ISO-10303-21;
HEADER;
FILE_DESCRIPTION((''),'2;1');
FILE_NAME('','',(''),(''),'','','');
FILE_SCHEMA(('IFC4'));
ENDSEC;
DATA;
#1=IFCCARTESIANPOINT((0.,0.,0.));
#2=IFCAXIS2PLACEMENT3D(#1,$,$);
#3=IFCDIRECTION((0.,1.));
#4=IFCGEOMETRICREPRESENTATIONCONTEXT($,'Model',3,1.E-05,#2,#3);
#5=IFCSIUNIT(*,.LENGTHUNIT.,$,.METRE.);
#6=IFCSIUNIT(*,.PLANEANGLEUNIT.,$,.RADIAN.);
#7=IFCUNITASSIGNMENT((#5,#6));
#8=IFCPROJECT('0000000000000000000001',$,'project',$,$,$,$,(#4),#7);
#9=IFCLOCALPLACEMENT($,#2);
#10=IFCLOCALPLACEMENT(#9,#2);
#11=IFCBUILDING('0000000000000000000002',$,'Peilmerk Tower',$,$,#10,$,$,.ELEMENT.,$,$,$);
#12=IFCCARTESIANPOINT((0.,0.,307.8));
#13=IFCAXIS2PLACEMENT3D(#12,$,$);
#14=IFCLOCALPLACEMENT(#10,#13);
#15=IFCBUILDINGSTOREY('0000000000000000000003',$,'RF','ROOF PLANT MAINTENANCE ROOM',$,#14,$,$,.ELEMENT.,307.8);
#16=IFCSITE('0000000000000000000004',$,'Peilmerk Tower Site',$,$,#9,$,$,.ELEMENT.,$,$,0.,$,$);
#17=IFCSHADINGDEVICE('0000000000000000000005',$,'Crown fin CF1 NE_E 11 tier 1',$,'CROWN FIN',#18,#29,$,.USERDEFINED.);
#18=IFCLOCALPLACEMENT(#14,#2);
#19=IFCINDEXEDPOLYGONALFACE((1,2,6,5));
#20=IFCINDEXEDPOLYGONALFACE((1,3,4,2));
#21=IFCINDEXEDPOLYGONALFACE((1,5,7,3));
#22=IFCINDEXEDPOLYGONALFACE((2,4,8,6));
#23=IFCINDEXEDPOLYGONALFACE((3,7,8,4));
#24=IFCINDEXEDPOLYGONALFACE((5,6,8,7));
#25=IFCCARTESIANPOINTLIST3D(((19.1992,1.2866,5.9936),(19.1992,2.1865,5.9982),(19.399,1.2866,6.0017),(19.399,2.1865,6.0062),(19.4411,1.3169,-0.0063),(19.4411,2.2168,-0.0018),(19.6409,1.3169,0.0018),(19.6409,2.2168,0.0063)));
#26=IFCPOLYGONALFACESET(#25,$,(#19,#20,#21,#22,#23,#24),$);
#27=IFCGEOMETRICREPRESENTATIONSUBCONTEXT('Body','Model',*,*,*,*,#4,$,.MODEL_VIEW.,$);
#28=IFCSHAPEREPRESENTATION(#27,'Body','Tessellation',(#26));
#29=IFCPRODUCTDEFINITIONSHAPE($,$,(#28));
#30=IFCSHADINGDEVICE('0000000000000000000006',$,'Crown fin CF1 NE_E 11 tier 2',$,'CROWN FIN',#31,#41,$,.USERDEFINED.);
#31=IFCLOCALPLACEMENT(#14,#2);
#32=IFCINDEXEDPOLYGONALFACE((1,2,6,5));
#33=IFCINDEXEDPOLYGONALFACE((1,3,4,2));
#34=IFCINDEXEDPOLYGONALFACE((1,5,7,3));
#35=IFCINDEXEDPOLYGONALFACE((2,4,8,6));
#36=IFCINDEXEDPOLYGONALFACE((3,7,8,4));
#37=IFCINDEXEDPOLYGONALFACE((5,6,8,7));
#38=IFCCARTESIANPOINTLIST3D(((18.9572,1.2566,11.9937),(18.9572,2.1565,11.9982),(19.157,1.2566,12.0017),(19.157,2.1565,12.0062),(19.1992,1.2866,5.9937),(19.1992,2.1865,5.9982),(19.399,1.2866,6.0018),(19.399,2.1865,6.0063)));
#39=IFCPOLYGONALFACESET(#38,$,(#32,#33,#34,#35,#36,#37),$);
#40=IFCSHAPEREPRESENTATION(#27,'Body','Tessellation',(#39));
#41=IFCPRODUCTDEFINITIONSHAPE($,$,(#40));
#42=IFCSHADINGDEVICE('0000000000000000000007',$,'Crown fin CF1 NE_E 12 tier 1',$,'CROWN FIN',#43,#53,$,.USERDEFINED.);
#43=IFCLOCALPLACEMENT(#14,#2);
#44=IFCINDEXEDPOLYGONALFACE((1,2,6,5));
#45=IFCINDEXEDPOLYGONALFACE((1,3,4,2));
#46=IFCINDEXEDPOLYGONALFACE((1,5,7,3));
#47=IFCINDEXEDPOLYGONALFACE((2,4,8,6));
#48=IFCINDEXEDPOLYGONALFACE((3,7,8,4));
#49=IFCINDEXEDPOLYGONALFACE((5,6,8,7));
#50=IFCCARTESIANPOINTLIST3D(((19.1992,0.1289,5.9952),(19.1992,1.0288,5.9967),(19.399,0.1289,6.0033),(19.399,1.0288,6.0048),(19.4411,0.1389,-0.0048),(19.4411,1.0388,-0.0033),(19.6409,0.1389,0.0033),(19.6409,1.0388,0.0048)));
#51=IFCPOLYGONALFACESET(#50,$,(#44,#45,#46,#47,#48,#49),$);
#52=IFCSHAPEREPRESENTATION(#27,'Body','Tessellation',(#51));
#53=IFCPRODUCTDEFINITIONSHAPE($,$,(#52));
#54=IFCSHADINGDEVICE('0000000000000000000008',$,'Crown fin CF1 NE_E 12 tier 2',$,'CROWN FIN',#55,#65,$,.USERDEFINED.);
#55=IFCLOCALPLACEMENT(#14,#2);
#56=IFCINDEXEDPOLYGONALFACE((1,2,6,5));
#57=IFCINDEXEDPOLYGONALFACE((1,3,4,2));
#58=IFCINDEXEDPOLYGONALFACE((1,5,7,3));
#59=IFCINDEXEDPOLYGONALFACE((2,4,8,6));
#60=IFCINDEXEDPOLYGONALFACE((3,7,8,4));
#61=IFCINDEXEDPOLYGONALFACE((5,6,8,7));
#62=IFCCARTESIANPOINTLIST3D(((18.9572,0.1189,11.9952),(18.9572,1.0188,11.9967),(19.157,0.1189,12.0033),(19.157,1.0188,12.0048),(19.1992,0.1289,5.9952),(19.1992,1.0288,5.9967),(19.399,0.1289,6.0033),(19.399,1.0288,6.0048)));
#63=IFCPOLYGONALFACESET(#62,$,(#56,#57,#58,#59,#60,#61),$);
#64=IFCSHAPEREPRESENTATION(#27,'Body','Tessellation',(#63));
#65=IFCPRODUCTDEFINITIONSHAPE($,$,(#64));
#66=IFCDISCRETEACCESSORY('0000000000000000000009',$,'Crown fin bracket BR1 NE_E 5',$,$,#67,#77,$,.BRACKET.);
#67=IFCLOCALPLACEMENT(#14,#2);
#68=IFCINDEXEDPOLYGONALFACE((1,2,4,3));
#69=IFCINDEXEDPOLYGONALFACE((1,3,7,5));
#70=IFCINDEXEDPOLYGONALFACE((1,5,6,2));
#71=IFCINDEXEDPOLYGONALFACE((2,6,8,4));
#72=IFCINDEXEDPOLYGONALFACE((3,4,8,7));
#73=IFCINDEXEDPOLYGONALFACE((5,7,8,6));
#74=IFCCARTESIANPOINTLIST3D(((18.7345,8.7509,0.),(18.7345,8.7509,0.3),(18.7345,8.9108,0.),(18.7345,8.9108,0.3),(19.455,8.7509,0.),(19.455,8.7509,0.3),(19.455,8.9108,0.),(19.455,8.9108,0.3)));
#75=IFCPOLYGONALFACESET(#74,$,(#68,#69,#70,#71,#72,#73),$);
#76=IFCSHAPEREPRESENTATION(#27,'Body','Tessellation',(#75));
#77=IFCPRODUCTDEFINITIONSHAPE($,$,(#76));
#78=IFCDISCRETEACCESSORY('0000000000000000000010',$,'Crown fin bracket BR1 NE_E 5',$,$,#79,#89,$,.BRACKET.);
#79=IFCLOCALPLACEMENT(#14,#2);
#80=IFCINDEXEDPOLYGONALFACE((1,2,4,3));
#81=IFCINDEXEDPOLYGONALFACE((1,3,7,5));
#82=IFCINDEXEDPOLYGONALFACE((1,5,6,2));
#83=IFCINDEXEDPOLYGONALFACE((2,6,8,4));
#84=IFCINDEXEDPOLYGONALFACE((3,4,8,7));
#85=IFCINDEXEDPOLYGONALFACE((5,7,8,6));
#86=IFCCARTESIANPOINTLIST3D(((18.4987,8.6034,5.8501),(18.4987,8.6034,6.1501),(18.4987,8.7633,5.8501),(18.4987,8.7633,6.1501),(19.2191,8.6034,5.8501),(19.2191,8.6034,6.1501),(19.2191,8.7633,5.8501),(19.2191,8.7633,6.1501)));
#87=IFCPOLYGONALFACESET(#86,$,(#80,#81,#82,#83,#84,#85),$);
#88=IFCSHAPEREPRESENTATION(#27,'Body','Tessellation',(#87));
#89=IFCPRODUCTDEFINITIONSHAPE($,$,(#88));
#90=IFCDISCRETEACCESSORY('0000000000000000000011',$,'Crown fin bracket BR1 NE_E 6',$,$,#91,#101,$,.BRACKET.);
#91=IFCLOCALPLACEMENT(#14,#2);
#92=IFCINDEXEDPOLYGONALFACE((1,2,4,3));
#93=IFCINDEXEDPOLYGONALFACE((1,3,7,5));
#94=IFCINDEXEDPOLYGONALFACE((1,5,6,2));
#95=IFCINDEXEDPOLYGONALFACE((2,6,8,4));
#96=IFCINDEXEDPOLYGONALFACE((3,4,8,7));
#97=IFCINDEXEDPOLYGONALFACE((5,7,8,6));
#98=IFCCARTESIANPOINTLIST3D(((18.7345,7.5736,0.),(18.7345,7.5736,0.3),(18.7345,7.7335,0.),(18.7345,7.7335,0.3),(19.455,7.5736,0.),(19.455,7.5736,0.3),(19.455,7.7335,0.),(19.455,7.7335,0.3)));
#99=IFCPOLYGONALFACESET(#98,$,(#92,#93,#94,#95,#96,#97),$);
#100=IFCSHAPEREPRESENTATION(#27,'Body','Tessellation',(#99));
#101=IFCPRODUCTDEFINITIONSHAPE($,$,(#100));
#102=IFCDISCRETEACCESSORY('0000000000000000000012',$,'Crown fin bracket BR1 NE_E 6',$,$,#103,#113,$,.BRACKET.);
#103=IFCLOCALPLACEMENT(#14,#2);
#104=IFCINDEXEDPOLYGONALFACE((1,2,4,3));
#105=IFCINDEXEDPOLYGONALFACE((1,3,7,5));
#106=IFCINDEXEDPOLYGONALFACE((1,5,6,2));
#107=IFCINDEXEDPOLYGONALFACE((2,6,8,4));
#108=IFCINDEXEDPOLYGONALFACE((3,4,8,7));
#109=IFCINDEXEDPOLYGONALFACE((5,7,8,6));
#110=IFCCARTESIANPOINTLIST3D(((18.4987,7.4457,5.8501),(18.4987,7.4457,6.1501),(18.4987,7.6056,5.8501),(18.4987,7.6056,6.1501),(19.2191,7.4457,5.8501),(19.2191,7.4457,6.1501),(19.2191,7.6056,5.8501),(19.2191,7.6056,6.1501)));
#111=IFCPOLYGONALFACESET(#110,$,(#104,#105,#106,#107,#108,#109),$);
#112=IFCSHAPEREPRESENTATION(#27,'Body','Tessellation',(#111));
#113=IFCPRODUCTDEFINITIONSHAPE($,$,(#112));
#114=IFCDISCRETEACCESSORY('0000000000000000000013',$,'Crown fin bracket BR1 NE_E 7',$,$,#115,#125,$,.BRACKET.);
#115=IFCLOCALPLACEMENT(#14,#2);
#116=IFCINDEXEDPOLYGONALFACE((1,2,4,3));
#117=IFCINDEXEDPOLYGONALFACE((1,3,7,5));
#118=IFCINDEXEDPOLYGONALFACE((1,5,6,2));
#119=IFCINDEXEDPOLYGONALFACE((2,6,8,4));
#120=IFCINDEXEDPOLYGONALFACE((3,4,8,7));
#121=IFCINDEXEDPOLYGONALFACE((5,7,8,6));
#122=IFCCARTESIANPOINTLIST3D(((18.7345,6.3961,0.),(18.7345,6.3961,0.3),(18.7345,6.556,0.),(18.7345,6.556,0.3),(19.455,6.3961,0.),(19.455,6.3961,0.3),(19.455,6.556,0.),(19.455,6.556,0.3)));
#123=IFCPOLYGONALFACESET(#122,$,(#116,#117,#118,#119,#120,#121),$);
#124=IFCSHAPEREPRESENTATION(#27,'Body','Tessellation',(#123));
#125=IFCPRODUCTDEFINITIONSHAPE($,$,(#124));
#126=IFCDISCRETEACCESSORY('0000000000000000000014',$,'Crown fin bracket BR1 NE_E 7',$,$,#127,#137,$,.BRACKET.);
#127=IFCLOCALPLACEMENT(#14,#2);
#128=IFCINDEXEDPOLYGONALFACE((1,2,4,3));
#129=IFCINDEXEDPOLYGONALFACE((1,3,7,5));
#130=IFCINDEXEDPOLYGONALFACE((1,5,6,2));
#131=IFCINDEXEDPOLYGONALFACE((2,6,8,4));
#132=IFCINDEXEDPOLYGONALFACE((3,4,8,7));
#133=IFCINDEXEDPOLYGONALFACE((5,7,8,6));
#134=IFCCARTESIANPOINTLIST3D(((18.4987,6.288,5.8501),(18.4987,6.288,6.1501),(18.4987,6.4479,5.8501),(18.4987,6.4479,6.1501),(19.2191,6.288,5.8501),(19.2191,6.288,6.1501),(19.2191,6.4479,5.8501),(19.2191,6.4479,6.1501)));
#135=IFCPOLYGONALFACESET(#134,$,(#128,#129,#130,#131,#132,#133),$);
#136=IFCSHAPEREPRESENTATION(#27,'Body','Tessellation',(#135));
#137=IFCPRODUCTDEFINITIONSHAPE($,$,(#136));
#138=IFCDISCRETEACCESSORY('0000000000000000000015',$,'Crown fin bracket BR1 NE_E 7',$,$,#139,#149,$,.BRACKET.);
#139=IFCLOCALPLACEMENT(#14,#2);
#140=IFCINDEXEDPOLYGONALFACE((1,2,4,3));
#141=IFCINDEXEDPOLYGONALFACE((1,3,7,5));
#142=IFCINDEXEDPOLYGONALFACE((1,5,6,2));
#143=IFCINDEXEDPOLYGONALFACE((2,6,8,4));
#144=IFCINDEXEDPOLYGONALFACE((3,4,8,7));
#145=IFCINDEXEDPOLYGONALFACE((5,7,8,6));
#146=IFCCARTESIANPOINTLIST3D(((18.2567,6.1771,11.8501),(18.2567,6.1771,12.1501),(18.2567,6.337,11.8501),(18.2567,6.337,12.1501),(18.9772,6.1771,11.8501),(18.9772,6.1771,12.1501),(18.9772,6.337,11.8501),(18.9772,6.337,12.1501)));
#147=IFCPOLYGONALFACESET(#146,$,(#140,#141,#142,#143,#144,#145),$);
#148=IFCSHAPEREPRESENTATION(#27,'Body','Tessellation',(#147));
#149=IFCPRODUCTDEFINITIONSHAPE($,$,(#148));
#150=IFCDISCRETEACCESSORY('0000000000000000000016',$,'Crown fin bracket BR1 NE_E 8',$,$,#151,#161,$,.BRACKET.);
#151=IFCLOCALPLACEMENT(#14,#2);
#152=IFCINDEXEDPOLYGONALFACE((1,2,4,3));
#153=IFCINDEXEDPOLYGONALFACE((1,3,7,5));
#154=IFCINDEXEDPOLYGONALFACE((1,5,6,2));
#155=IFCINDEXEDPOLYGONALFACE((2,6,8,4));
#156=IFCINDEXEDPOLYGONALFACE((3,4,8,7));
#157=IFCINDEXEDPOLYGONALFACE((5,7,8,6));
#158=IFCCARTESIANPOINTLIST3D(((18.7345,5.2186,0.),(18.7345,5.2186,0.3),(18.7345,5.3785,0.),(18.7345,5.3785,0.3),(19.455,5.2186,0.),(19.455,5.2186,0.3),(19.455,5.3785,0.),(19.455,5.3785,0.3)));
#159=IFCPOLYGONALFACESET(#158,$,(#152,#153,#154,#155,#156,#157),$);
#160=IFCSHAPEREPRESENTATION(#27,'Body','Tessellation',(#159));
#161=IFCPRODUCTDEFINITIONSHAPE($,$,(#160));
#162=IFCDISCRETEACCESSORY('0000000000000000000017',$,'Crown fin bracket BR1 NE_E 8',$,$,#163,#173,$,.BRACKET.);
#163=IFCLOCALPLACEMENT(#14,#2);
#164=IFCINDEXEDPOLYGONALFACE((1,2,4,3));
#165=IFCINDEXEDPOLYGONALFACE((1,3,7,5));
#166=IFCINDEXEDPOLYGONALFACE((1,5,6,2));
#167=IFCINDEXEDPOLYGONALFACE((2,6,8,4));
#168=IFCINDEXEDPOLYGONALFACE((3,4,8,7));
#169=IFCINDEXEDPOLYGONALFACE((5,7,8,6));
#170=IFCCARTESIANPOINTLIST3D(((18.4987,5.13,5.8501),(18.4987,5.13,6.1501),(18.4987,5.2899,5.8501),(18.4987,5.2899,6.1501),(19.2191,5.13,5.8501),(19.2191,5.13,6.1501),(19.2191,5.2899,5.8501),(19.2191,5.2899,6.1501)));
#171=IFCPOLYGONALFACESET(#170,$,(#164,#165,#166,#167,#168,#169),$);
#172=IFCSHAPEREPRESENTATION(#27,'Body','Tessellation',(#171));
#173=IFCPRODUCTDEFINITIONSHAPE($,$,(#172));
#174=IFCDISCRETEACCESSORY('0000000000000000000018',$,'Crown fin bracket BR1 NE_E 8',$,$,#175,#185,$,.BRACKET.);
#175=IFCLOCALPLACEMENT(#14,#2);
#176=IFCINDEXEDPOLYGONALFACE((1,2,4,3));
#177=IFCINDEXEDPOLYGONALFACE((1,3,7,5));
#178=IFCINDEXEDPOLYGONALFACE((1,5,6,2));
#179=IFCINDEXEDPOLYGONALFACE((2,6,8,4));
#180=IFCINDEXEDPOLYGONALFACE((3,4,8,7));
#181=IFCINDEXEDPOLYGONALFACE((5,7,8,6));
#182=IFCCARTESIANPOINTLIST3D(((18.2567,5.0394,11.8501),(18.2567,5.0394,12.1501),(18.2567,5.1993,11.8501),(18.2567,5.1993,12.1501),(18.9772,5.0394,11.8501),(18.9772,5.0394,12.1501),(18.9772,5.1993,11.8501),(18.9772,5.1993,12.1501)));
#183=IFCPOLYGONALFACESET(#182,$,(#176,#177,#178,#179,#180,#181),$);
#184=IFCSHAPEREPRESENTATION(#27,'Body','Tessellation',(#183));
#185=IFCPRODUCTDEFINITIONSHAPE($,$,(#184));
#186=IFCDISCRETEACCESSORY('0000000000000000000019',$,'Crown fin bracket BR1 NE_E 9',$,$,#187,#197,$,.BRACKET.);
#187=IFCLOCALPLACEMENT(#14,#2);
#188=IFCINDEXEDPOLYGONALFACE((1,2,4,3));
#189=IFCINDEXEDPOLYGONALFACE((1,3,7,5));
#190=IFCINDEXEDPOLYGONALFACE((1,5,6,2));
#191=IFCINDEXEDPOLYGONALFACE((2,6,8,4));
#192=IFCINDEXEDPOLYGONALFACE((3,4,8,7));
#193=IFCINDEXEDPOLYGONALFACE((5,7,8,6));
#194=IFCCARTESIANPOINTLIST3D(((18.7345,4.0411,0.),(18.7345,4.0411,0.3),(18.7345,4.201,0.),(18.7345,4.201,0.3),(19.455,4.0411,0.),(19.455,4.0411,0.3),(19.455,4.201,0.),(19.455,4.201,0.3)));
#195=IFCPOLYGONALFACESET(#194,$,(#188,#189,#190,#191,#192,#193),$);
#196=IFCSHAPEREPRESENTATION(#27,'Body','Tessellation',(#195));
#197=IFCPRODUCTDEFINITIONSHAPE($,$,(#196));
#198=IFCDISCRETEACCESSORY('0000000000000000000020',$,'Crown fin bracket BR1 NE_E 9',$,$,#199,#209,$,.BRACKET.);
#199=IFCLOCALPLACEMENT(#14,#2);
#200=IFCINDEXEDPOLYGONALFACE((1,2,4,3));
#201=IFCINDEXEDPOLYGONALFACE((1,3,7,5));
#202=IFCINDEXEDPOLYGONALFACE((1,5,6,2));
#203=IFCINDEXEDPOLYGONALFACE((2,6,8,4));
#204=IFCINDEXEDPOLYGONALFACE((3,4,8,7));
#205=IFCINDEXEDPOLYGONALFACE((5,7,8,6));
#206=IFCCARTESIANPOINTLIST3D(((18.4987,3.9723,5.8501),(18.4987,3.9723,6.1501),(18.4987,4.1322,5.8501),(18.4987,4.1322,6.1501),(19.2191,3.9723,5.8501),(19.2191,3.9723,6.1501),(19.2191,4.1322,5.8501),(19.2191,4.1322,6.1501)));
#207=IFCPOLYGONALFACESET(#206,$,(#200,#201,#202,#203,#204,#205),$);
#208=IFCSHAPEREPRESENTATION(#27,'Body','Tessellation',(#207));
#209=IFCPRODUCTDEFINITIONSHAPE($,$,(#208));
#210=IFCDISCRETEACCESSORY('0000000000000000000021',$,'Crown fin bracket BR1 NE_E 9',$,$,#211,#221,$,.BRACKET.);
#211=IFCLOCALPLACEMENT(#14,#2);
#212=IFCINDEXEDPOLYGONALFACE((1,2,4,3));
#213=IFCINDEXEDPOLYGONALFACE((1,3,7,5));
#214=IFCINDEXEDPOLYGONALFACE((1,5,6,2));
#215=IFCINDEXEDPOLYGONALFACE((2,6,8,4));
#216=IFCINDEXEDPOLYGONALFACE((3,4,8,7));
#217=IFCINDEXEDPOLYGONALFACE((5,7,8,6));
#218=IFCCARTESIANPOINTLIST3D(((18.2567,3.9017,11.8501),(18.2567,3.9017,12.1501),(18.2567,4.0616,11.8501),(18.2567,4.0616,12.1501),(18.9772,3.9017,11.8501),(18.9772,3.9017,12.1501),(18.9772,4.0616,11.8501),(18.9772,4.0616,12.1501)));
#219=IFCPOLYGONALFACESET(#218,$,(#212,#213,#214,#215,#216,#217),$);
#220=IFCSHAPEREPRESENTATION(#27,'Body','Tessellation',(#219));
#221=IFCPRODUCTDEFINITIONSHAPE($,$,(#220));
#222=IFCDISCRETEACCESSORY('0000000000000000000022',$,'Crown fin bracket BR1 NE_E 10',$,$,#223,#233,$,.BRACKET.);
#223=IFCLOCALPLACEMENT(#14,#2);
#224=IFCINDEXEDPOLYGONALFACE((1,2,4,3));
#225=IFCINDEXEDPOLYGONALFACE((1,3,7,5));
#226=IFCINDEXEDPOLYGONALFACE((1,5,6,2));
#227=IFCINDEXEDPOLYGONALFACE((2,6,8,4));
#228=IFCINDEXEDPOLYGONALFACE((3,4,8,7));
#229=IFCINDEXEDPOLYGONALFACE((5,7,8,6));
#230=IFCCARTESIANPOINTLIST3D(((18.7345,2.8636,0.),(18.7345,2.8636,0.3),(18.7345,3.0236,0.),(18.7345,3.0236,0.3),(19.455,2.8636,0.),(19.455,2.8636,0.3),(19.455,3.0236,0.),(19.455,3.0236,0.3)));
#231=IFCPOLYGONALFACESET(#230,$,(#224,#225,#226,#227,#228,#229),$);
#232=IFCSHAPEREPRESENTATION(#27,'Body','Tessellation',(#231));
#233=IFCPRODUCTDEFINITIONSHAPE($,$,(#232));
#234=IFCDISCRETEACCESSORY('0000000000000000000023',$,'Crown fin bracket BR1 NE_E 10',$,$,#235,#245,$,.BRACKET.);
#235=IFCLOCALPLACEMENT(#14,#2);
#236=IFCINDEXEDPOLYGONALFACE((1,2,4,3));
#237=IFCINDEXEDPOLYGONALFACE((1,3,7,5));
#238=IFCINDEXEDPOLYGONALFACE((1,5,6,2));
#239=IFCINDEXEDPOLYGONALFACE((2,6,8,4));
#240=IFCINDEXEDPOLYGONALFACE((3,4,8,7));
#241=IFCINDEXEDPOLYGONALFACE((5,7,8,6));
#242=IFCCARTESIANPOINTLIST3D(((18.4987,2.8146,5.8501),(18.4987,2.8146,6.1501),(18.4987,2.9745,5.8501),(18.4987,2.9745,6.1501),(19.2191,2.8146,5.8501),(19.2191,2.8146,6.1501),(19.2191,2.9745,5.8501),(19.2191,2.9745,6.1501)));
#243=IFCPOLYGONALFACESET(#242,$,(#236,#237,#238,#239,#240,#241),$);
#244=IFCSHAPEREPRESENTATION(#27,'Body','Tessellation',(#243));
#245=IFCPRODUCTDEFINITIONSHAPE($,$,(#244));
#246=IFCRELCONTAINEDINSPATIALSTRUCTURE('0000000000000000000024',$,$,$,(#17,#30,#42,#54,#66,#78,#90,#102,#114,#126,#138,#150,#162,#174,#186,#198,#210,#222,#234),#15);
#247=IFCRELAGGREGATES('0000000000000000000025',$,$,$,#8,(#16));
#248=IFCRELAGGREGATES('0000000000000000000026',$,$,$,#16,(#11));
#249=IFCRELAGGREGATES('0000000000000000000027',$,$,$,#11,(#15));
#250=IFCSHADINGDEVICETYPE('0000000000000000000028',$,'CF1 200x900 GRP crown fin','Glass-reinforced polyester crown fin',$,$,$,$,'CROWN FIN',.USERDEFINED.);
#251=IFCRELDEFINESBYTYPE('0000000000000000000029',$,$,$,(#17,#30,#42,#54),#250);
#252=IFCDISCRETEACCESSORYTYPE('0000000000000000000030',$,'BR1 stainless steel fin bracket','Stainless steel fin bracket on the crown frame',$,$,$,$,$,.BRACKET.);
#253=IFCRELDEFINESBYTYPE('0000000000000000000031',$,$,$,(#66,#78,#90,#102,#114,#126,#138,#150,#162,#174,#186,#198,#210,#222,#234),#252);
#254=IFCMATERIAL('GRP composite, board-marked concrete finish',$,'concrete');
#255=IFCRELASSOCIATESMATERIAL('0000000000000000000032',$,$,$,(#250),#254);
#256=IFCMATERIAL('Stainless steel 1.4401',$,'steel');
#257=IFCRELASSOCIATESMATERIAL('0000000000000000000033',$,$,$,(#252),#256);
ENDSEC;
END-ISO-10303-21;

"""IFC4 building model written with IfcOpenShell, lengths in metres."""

from ifc_helpers import new_model, si_unit, direction, frame, origin, origin_2d, place, context, subcontext, project, spatial, rectangle, extrude, source, transform, mapped, material, material_profile, profile_set, type_object, element, save


model = new_model("IFC4")

# Units and contexts
model_context = context("Model", 3, precision=1e-05, world=origin(), true_north=direction((0.0, 1.0)))
body_context = subcontext(model_context, "Body", "Model", "MODEL_VIEW")
ifc_project = project(units=[si_unit("LENGTHUNIT", "METRE"), si_unit("PLANEANGLEUNIT", "RADIAN")], contexts=[model_context])

# Site, building, storey
site_placement = place(None, origin())
site = spatial("IfcSite", under=ifc_project, at=site_placement, Name="Peilmerk Tower Site", CompositionType="ELEMENT", RefElevation=0.0)
building_placement = place(site_placement, origin())
building = spatial("IfcBuilding", under=site, at=building_placement, Name="Peilmerk Tower", CompositionType="ELEMENT")
storey_placement = place(building_placement, frame((0.0, 0.0, 307.8)))
storey = spatial("IfcBuildingStorey", under=building, at=storey_placement, Name="RF", Description="ROOF PLANT MAINTENANCE ROOM", CompositionType="ELEMENT", Elevation=307.8)

# Shading devices
ifc_material_1 = material(Name="GRP composite, board-marked concrete finish", Category="concrete")
ifc_material_profile_1 = material_profile(ifc_material_1, rectangle(XDim=0.2, YDim=0.8999, at=origin_2d()), Name="CF1 200x900")
ifc_profile_set_1 = profile_set([ifc_material_profile_1], Name="GRP composite, board-marked concrete finish")
shading_device_type = type_object("IfcShadingDeviceType", Name="CF1 200x900 GRP crown fin", Description="Glass-reinforced polyester crown fin", ElementType="CROWN FIN", PredefinedType="USERDEFINED", material=ifc_profile_set_1)
shared_shape_1 = source(origin(), body_context, "Body", "SweptSolid", [
    extrude(rectangle(XDim=0.2, YDim=0.8999, at=origin_2d()), origin(), (0.0, 0.0, 1.0), 6.0049),
])
for number, where, z_axis, x_axis, name in (
    (1, (19.541, 1.7668, 0.0), (-0.040291, -0.005041, 0.999175), (0.999188, -0.000203, 0.04029), "Crown fin CF1 NE_E 11 tier 1"),
    (2, (19.2991, 1.7366, 6.0), (-0.040291, -0.005001, 0.999175), (0.999188, -0.000202, 0.04029), "Crown fin CF1 NE_E 11 tier 2"),
    (3, (19.541, 0.5889, 0.0), (-0.040291, -0.001667, 0.999187), (0.999188, -0.000067, 0.040291), "Crown fin CF1 NE_E 12 tier 1"),
    (4, (19.2991, 0.5789, 6.0), (-0.040291, -0.001667, 0.999187), (0.999188, -0.000067, 0.040291), "Crown fin CF1 NE_E 12 tier 2"),
):
    element("IfcShadingDevice", number, at=place(storey_placement, frame(where, z_axis=z_axis, x_axis=x_axis)), inside=storey, type_object=shading_device_type, Name=name, ObjectType="CROWN FIN", PredefinedType="USERDEFINED", context=body_context, shape_type="MappedRepresentation", body=[
        mapped(shared_shape_1, transform((0.0, 0.0, 0.0), scale=1.0)),
    ])

# Discrete accessories
ifc_material_2 = material(Name="Stainless steel 1.4401", Category="steel")
discrete_accessory_type = type_object("IfcDiscreteAccessoryType", Name="BR1 stainless steel fin bracket", Description="Stainless steel fin bracket on the crown frame", PredefinedType="BRACKET", material=ifc_material_2)
shared_shape_2 = source(origin(), body_context, "Body", "SweptSolid", [
    extrude(rectangle(XDim=0.7205, YDim=0.1599, at=origin_2d()), origin(), (0.0, 0.0, 1.0), 0.3),
])
for number, where, z_axis, x_axis, name in (
    (5, (19.0947, 8.8308, 0.0), (0.0, 0.0, 1.0), (1.0, 0.0, 0.0), "Crown fin bracket BR1 NE_E 5"),
    (6, (18.8589, 8.6833, 5.8501), (0.0, 0.0, 1.0), (1.0, 0.0, 0.0), "Crown fin bracket BR1 NE_E 5"),
    (7, (19.0947, 7.6536, 0.0), (0.0, 0.0, 1.0), (1.0, 0.0, 0.0), "Crown fin bracket BR1 NE_E 6"),
    (8, (18.8589, 7.5256, 5.8501), (0.0, 0.0, 1.0), (1.0, 0.0, 0.0), "Crown fin bracket BR1 NE_E 6"),
    (9, (19.0947, 6.4761, 0.0), (0.0, 0.0, 1.0), (1.0, 0.0, 0.0), "Crown fin bracket BR1 NE_E 7"),
    (10, (18.8589, 6.3679, 5.8501), (0.0, 0.0, 1.0), (1.0, 0.0, 0.0), "Crown fin bracket BR1 NE_E 7"),
    (11, (18.6169, 6.2571, 11.8501), (0.0, 0.0, 1.0), (1.0, 0.0, 0.0), "Crown fin bracket BR1 NE_E 7"),
    (12, (19.0947, 5.2986, 0.0), (0.0, 0.0, 1.0), (1.0, 0.0, 0.0), "Crown fin bracket BR1 NE_E 8"),
    (13, (18.8589, 5.21, 5.8501), (0.0, 0.0, 1.0), (1.0, 0.0, 0.0), "Crown fin bracket BR1 NE_E 8"),
    (14, (18.6169, 5.1194, 11.8501), (0.0, 0.0, 1.0), (1.0, 0.0, 0.0), "Crown fin bracket BR1 NE_E 8"),
    (15, (19.0947, 4.1211, 0.0), (0.0, 0.0, 1.0), (1.0, 0.0, 0.0), "Crown fin bracket BR1 NE_E 9"),
    (16, (18.8589, 4.0522, 5.8501), (0.0, 0.0, 1.0), (1.0, 0.0, 0.0), "Crown fin bracket BR1 NE_E 9"),
    (17, (18.6169, 3.9817, 11.8501), (0.0, 0.0, 1.0), (1.0, 0.0, 0.0), "Crown fin bracket BR1 NE_E 9"),
    (18, (19.0947, 2.9436, 0.0), (0.0, 0.0, 1.0), (1.0, 0.0, 0.0), "Crown fin bracket BR1 NE_E 10"),
    (19, (18.8589, 2.8945, 5.8501), (0.0, 0.0, 1.0), (1.0, 0.0, 0.0), "Crown fin bracket BR1 NE_E 10"),
):
    element("IfcDiscreteAccessory", number, at=place(storey_placement, frame(where, z_axis=z_axis, x_axis=x_axis)), inside=storey, type_object=discrete_accessory_type, Name=name, PredefinedType="BRACKET", context=body_context, shape_type="MappedRepresentation", body=[
        mapped(shared_shape_2, transform((0.0, 0.0, 0.0), scale=1.0)),
    ])

save(model, "model.ifc")
